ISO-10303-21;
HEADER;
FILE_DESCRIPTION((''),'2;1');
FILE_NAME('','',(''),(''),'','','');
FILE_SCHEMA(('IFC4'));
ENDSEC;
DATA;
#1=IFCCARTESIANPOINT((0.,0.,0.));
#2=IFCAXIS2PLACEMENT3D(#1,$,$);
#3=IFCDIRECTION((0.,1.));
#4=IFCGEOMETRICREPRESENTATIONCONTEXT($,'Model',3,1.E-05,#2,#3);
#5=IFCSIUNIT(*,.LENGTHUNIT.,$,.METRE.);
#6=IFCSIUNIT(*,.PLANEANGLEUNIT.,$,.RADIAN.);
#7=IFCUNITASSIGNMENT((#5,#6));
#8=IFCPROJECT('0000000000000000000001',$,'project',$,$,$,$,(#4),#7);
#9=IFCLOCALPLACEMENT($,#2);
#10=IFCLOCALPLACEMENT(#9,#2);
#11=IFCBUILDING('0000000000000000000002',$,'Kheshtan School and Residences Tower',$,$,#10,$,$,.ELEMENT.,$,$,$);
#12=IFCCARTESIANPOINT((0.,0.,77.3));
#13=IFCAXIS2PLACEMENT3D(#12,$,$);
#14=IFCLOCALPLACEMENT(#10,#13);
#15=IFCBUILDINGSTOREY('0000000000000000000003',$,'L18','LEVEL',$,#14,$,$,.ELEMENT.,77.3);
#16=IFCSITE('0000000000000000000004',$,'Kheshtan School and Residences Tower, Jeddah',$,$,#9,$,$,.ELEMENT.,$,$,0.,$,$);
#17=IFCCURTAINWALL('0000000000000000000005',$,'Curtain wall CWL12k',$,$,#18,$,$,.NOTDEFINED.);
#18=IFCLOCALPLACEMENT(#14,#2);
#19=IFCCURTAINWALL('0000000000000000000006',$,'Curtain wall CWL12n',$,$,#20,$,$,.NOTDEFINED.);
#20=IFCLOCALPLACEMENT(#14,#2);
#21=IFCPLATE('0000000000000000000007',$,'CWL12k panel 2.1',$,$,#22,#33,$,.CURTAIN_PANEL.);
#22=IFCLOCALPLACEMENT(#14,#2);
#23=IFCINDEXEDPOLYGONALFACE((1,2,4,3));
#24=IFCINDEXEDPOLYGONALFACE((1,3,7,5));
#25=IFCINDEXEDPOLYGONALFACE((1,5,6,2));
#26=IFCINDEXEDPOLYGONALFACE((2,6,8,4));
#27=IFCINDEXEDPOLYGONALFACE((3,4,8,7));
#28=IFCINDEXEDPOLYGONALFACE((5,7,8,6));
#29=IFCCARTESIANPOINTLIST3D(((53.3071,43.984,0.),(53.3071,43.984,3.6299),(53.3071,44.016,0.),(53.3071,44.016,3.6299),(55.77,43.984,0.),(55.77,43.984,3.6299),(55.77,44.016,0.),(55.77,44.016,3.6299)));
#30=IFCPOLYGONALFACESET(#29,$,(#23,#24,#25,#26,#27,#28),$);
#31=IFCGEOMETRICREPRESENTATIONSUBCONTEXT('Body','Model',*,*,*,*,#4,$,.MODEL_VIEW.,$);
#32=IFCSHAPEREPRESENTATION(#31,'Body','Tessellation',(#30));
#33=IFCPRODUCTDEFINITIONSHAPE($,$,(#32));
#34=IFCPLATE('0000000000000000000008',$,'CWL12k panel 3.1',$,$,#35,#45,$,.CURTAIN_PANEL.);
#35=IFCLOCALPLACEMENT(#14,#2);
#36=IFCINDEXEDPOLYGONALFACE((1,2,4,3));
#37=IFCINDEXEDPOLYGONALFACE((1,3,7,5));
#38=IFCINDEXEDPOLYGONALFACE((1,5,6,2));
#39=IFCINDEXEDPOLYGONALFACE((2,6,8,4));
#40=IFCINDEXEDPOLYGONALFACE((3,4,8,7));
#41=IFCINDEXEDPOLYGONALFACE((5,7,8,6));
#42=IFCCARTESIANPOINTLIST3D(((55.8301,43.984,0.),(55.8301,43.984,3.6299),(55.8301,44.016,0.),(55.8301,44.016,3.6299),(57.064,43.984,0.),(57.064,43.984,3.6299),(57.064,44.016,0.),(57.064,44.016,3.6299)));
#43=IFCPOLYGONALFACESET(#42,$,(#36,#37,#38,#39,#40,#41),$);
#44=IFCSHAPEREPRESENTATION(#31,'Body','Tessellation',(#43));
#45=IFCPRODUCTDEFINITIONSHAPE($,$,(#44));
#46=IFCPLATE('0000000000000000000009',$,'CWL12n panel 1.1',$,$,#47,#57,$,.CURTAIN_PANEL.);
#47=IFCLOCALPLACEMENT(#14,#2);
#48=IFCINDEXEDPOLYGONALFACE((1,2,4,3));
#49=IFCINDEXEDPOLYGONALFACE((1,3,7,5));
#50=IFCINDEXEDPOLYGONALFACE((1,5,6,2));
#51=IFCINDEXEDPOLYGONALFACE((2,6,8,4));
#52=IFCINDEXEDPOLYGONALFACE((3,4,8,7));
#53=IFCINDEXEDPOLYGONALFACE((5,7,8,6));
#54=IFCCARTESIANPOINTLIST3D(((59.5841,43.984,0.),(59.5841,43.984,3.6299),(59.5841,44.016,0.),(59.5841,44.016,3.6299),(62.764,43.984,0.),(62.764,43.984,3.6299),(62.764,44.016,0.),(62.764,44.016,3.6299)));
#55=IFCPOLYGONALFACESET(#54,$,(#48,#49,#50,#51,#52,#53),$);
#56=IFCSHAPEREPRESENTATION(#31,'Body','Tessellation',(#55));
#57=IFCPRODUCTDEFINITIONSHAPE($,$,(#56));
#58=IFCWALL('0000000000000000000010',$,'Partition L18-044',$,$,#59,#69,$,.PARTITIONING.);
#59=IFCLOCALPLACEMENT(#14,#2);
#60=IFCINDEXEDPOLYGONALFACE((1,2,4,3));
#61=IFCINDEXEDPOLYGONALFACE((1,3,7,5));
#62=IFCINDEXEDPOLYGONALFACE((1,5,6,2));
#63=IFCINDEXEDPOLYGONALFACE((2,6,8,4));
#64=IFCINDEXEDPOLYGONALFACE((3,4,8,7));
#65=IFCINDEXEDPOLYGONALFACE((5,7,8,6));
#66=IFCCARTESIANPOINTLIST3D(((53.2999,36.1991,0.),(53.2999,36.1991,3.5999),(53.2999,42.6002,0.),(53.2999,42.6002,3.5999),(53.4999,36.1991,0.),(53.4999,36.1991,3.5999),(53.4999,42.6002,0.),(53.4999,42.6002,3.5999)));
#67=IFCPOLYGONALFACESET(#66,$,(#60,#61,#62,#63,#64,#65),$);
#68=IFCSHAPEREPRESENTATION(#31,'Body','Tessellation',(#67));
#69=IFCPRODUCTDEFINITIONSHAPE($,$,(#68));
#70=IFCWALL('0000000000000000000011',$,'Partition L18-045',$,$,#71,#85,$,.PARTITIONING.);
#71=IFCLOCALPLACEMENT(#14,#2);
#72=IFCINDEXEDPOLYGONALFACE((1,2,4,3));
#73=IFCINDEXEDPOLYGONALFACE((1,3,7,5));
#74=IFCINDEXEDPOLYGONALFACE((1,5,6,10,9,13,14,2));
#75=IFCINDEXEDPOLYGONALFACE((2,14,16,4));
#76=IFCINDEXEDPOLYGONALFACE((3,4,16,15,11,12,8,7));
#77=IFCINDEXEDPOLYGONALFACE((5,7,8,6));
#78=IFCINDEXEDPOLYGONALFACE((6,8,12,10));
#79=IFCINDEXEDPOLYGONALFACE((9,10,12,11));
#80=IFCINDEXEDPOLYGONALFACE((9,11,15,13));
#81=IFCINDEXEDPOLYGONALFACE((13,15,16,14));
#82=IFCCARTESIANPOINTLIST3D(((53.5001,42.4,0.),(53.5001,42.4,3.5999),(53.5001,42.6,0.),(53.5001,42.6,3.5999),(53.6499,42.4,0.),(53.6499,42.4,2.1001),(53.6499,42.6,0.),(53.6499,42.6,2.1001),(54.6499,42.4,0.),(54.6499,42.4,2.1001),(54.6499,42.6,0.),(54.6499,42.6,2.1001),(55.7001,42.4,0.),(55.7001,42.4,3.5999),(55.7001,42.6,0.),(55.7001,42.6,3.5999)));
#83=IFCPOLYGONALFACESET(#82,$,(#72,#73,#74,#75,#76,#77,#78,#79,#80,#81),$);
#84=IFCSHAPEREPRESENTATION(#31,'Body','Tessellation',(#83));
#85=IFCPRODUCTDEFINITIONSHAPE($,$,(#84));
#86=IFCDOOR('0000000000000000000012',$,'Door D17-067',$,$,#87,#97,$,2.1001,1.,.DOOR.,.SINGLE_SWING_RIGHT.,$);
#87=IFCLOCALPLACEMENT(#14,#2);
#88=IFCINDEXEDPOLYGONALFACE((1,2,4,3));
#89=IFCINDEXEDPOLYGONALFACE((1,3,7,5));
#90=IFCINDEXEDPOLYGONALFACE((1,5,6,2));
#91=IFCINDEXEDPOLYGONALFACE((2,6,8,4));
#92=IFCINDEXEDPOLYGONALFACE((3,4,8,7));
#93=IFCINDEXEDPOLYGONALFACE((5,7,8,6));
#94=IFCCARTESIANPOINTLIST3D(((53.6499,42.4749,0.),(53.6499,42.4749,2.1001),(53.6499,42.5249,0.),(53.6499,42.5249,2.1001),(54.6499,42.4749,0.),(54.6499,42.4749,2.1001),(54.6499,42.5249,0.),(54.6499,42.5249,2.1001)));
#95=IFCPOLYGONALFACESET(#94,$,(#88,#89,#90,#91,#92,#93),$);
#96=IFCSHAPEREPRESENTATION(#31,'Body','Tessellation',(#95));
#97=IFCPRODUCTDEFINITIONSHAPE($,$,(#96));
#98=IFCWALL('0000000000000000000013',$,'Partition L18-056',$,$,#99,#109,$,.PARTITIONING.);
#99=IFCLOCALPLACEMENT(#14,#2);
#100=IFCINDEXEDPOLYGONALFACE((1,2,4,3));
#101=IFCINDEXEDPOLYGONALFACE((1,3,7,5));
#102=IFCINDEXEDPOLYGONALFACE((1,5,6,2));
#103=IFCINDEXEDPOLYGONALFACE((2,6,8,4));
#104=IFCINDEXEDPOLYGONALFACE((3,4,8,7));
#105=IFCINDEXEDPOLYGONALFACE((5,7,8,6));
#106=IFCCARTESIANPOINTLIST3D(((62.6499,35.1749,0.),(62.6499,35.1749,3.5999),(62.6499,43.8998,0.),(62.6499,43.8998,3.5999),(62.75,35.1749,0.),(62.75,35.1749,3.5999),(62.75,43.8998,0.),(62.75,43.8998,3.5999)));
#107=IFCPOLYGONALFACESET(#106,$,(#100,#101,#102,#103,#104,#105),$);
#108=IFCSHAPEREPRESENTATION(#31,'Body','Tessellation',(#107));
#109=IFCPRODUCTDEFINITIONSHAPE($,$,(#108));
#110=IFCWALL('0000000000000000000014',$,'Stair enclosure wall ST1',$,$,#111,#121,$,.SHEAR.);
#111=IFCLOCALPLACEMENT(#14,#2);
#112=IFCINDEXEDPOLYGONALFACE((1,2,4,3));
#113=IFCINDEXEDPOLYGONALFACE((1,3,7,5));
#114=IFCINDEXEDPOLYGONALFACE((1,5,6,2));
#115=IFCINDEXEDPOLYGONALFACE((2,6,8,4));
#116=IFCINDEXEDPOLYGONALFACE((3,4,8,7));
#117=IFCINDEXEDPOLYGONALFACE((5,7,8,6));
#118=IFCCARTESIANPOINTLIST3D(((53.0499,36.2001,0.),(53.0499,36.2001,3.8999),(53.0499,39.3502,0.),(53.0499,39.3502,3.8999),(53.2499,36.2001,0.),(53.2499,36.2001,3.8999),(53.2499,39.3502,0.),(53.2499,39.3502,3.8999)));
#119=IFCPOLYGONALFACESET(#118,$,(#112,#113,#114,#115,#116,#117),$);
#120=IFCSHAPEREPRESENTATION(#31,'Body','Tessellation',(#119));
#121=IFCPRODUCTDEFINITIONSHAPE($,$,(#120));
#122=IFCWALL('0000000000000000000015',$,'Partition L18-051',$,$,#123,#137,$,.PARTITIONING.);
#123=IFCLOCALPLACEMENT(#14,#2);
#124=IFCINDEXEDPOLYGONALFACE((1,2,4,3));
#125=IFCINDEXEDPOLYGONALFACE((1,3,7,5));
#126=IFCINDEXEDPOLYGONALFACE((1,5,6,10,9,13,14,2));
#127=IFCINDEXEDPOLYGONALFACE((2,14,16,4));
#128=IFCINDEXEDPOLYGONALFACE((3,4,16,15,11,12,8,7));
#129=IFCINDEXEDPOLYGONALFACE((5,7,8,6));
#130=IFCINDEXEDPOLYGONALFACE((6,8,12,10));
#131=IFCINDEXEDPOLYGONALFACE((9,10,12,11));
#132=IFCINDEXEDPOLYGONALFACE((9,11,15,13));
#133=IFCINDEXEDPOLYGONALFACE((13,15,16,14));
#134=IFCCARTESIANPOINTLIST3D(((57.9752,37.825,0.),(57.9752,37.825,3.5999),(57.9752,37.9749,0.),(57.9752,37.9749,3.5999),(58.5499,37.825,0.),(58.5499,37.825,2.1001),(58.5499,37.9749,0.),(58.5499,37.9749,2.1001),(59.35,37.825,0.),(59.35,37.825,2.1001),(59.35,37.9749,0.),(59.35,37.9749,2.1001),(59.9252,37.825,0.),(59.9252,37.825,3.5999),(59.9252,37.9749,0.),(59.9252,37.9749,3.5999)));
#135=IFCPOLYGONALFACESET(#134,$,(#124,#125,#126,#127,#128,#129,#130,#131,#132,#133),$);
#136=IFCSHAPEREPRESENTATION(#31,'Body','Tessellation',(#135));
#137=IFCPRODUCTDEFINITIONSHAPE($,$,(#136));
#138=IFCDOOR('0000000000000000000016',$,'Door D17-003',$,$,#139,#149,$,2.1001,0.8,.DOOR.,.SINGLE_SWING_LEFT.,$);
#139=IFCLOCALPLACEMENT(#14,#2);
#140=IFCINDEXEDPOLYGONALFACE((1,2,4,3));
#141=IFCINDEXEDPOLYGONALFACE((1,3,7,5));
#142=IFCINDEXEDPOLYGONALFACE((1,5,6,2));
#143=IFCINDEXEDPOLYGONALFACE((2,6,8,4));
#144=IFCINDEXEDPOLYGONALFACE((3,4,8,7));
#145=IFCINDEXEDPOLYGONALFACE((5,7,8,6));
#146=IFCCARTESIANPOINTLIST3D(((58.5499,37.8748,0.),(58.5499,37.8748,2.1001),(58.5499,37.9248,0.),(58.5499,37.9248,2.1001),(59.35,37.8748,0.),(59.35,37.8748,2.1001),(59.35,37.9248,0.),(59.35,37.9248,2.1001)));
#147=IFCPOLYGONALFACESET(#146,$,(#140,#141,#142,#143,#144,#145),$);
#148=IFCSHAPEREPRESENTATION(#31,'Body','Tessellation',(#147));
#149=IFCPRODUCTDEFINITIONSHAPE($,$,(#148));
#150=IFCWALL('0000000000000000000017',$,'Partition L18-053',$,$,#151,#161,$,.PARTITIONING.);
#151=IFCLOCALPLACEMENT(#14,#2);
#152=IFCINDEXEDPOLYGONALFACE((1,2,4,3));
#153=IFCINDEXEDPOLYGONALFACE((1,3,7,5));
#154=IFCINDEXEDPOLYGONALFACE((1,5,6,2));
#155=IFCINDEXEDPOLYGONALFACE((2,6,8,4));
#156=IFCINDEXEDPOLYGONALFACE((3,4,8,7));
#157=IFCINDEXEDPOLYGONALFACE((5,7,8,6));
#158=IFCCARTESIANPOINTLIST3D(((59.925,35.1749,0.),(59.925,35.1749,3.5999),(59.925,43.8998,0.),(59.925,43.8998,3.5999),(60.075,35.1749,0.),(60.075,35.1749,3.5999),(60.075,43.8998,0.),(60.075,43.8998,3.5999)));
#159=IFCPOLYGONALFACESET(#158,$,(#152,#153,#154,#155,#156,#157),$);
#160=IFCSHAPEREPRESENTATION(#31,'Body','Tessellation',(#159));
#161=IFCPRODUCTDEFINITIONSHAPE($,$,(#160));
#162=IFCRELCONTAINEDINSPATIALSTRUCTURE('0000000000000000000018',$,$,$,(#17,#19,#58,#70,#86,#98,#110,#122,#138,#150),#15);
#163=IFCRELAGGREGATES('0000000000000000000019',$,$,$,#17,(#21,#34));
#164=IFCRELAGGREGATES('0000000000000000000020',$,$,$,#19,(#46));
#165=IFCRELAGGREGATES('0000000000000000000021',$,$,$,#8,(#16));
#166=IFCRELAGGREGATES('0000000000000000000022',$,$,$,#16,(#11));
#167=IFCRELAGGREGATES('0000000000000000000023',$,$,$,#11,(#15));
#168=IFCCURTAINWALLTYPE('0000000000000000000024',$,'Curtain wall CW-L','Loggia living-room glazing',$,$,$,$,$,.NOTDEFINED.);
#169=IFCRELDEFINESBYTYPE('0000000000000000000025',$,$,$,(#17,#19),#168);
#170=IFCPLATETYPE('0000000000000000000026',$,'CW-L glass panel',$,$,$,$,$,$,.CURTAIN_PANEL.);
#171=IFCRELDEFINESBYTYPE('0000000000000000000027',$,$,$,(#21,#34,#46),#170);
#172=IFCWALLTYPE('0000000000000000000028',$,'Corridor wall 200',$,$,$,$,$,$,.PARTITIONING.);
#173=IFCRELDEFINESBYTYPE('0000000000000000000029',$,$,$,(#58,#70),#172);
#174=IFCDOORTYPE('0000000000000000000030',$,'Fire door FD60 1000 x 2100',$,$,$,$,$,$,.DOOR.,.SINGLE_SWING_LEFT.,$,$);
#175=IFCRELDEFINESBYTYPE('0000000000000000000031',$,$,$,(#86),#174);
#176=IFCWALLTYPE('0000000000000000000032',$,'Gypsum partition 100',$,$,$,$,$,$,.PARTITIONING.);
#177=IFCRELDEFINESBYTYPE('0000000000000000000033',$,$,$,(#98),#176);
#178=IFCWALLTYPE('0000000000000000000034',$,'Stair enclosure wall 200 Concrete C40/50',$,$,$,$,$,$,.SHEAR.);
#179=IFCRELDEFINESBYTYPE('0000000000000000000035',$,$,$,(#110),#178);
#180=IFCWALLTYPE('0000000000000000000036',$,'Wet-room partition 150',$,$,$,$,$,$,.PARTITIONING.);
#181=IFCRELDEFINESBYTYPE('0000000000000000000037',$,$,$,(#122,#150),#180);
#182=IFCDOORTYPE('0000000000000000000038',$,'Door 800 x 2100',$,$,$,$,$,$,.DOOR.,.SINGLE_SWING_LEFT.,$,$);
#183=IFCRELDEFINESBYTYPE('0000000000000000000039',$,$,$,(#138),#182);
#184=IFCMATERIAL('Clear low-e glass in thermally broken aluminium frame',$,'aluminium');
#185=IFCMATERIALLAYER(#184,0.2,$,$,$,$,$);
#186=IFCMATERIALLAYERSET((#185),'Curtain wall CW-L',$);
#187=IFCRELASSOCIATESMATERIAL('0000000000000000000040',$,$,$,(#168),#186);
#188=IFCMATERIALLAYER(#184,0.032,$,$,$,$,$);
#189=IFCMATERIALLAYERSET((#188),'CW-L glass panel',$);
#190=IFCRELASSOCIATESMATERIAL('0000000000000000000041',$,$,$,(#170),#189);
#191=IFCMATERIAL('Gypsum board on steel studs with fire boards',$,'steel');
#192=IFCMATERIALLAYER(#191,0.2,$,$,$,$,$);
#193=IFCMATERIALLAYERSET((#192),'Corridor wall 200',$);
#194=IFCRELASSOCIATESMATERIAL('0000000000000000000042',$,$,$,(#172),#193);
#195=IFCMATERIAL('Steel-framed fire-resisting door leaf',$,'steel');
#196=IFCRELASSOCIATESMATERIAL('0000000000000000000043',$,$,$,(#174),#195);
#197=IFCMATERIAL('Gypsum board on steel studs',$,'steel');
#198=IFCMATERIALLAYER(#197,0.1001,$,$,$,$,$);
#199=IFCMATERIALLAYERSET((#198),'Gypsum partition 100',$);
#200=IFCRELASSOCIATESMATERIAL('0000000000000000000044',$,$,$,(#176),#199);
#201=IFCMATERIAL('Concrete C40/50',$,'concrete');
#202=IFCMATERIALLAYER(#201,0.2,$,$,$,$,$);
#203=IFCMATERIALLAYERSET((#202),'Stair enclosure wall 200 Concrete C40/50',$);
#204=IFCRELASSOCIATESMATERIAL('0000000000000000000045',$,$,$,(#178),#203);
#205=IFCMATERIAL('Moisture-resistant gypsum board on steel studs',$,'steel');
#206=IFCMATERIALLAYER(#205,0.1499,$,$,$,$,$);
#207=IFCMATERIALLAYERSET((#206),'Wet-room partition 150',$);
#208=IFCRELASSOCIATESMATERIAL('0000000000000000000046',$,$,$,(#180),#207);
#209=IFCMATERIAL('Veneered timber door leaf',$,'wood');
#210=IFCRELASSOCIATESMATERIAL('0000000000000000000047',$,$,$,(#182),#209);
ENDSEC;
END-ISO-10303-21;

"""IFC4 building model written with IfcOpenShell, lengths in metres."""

from ifc_helpers import new_model, si_unit, direction, frame, frame_2d, origin, origin_2d, place, context, subcontext, project, spatial, rectangle, extrude, source, transform, mapped, material, layer, layer_set, type_object, element, fill, aggregate, save


model = new_model("IFC4")

# Units and contexts
model_context = context("Model", 3, precision=1e-05, world=origin(), true_north=direction((0.0, 1.0)))
body_context = subcontext(model_context, "Body", "Model", "MODEL_VIEW")
ifc_project = project(units=[si_unit("LENGTHUNIT", "METRE"), si_unit("PLANEANGLEUNIT", "RADIAN")], contexts=[model_context])

# Site, building, storey
site_placement = place(None, origin())
site = spatial("IfcSite", under=ifc_project, at=site_placement, Name="Kheshtan School and Residences Tower, Jeddah", CompositionType="ELEMENT", RefElevation=0.0)
building_placement = place(site_placement, origin())
building = spatial("IfcBuilding", under=site, at=building_placement, Name="Kheshtan School and Residences Tower", CompositionType="ELEMENT")
storey_placement = place(building_placement, frame((0.0, 0.0, 77.3)))
storey = spatial("IfcBuildingStorey", under=building, at=storey_placement, Name="L18", Description="LEVEL", CompositionType="ELEMENT", Elevation=77.3)

# Curtain walls
ifc_material_1 = material(Name="Clear low-e glass in thermally broken aluminium frame", Category="aluminium")
ifc_layer_1 = layer(ifc_material_1, 0.2)
ifc_layer_set_1 = layer_set([ifc_layer_1], Name="Curtain wall CW-L")
curtain_wall_type = type_object("IfcCurtainWallType", Name="Curtain wall CW-L", Description="Loggia living-room glazing", PredefinedType="NOTDEFINED", material=ifc_layer_set_1)
curtain_wall_1_placement = place(storey_placement, origin())
curtain_wall_1 = element("IfcCurtainWall", 1, at=curtain_wall_1_placement, inside=storey, type_object=curtain_wall_type, Name="Curtain wall CWL12k", PredefinedType="NOTDEFINED")
curtain_wall_2_placement = place(storey_placement, origin())
curtain_wall_2 = element("IfcCurtainWall", 2, at=curtain_wall_2_placement, inside=storey, type_object=curtain_wall_type, Name="Curtain wall CWL12n", PredefinedType="NOTDEFINED")

# Plates
ifc_layer_2 = layer(ifc_material_1, 0.032)
ifc_layer_set_2 = layer_set([ifc_layer_2], Name="CW-L glass panel")
plate_type = type_object("IfcPlateType", Name="CW-L glass panel", PredefinedType="CURTAIN_PANEL", material=ifc_layer_set_2)
plate_1_placement = place(storey_placement, frame((54.5386, 44.0, 0.0), z_axis=(0.0, 0.0, 1.0), x_axis=(1.0, 0.0, 0.0)))
plate_1 = element("IfcPlate", 3, at=plate_1_placement, type_object=plate_type, Name="CWL12k panel 2.1", PredefinedType="CURTAIN_PANEL", context=body_context, shape_type="SweptSolid", body=[
    extrude(rectangle(XDim=2.4629, YDim=0.032, at=origin_2d()), origin(), (0.0, 0.0, 1.0), 3.6299),
])
plate_2_placement = place(storey_placement, frame((56.447, 44.0, 0.0), z_axis=(0.0, 0.0, 1.0), x_axis=(1.0, 0.0, 0.0)))
plate_2 = element("IfcPlate", 4, at=plate_2_placement, type_object=plate_type, Name="CWL12k panel 3.1", PredefinedType="CURTAIN_PANEL", context=body_context, shape_type="SweptSolid", body=[
    extrude(rectangle(XDim=1.2339, YDim=0.032, at=origin_2d()), origin(), (0.0, 0.0, 1.0), 3.6299),
])
aggregate(curtain_wall_1, [plate_1, plate_2])
plate_3_placement = place(storey_placement, frame((61.1741, 44.0, 0.0), z_axis=(0.0, 0.0, 1.0), x_axis=(1.0, 0.0, 0.0)))
plate_3 = element("IfcPlate", 5, at=plate_3_placement, type_object=plate_type, Name="CWL12n panel 1.1", PredefinedType="CURTAIN_PANEL", context=body_context, shape_type="SweptSolid", body=[
    extrude(rectangle(XDim=3.1799, YDim=0.032, at=origin_2d()), origin(), (0.0, 0.0, 1.0), 3.6299),
])
aggregate(curtain_wall_2, [plate_3])

# Wall
ifc_material_2 = material(Name="Gypsum board on steel studs with fire boards", Category="steel")
ifc_layer_3 = layer(ifc_material_2, 0.2)
ifc_layer_set_3 = layer_set([ifc_layer_3], Name="Corridor wall 200")
wall_type_1 = type_object("IfcWallType", Name="Corridor wall 200", PredefinedType="PARTITIONING", material=ifc_layer_set_3)
wall_1_placement = place(storey_placement, frame((53.3999, 36.199, 0.0), z_axis=(0.0, 0.0, 1.0), x_axis=(0.0, 1.0, 0.0)))
element("IfcWall", 6, at=wall_1_placement, inside=storey, type_object=wall_type_1, Name="Partition L18-044", PredefinedType="PARTITIONING", context=body_context, shape_type="SweptSolid", body=[
    extrude(rectangle(XDim=6.4011, YDim=0.2, at=frame_2d((3.2007, 0.0))), origin(), (0.0, 0.0, 1.0), 3.5999),
])

# Wall, opening, door
wall_2_placement = place(storey_placement, frame((53.5, 42.5, 0.0), z_axis=(0.0, 0.0, 1.0), x_axis=(1.0, 0.0, 0.0)))
wall_2 = element("IfcWall", 7, at=wall_2_placement, inside=storey, type_object=wall_type_1, Name="Partition L18-045", PredefinedType="PARTITIONING", context=body_context, shape_type="SweptSolid", body=[
    extrude(rectangle(XDim=2.2, YDim=0.2, at=frame_2d((1.1001, 0.0))), origin(), (0.0, 0.0, 1.0), 3.5999),
])
opening_1_placement = place(wall_2_placement, frame((0.1499, 0.0, 0.0)))
opening_1 = element("IfcOpeningElement", 8, at=opening_1_placement, cuts=wall_2, PredefinedType="OPENING", context=body_context, shape_type="SweptSolid", body=[
    extrude(rectangle(XDim=1.0, YDim=2.1001, at=frame_2d((0.5, 1.05))), frame((0.0, 0.1099, 0.0), z_axis=(0.0, -1.0, 0.0), x_axis=(1.0, 0.0, 0.0)), (0.0, 0.0, 1.0), 0.22),
])
ifc_material_3 = material(Name="Steel-framed fire-resisting door leaf", Category="steel")
door_type_1 = type_object("IfcDoorType", Name="Fire door FD60 1000 x 2100", OperationType="SINGLE_SWING_LEFT", PredefinedType="DOOR", material=ifc_material_3)
shared_shape_1 = source(origin(), body_context, "Body", "SweptSolid", [
    extrude(rectangle(XDim=1.0, YDim=2.1001, at=frame_2d((0.5, 1.05))), frame((0.0, 0.0249, 0.0), z_axis=(0.0, -1.0, 0.0), x_axis=(1.0, 0.0, 0.0)), (0.0, 0.0, 1.0), 0.05),
])
door_1_placement = place(opening_1_placement, origin())
door_1 = element("IfcDoor", 9, at=door_1_placement, inside=storey, type_object=door_type_1, Name="Door D17-067", OperationType="SINGLE_SWING_RIGHT", OverallHeight=2.1001, OverallWidth=1.0, PredefinedType="DOOR", context=body_context, shape_type="MappedRepresentation", body=[
    mapped(shared_shape_1, transform((0.0, 0.0, 0.0), x_axis=(1.0, 0.0, 0.0), y_axis=(0.0, 1.0, 0.0), z_axis=(0.0, 0.0, 1.0), scale=1.0)),
])
fill(opening_1, door_1)

# Walls
ifc_material_4 = material(Name="Gypsum board on steel studs", Category="steel")
ifc_layer_4 = layer(ifc_material_4, 0.1001)
ifc_layer_set_4 = layer_set([ifc_layer_4], Name="Gypsum partition 100")
wall_type_2 = type_object("IfcWallType", Name="Gypsum partition 100", PredefinedType="PARTITIONING", material=ifc_layer_set_4)
wall_3_placement = place(storey_placement, frame((62.7, 35.175, 0.0), z_axis=(0.0, 0.0, 1.0), x_axis=(0.0, 1.0, 0.0)))
element("IfcWall", 10, at=wall_3_placement, inside=storey, type_object=wall_type_2, Name="Partition L18-056", PredefinedType="PARTITIONING", context=body_context, shape_type="SweptSolid", body=[
    extrude(rectangle(XDim=8.7249, YDim=0.1001, at=frame_2d((4.3623, 0.0))), origin(), (0.0, 0.0, 1.0), 3.5999),
])
ifc_material_5 = material(Name="Concrete C40/50", Category="concrete")
ifc_layer_5 = layer(ifc_material_5, 0.2)
ifc_layer_set_5 = layer_set([ifc_layer_5], Name="Stair enclosure wall 200 Concrete C40/50")
wall_type_3 = type_object("IfcWallType", Name="Stair enclosure wall 200 Concrete C40/50", PredefinedType="SHEAR", material=ifc_layer_set_5)
wall_4_placement = place(storey_placement, frame((53.1499, 36.2, 0.0), z_axis=(0.0, 0.0, 1.0), x_axis=(0.0, 1.0, 0.0)))
element("IfcWall", 11, at=wall_4_placement, inside=storey, type_object=wall_type_3, Name="Stair enclosure wall ST1", PredefinedType="SHEAR", context=body_context, shape_type="SweptSolid", body=[
    extrude(rectangle(XDim=3.1501, YDim=0.2, at=frame_2d((1.5752, 0.0))), origin(), (0.0, 0.0, 1.0), 3.8999),
])

# Wall, opening, door
ifc_material_6 = material(Name="Moisture-resistant gypsum board on steel studs", Category="steel")
ifc_layer_6 = layer(ifc_material_6, 0.1499)
ifc_layer_set_6 = layer_set([ifc_layer_6], Name="Wet-room partition 150")
wall_type_4 = type_object("IfcWallType", Name="Wet-room partition 150", PredefinedType="PARTITIONING", material=ifc_layer_set_6)
wall_5_placement = place(storey_placement, frame((57.9751, 37.8999, 0.0), z_axis=(0.0, 0.0, 1.0), x_axis=(1.0, 0.0, 0.0)))
wall_5 = element("IfcWall", 12, at=wall_5_placement, inside=storey, type_object=wall_type_4, Name="Partition L18-051", PredefinedType="PARTITIONING", context=body_context, shape_type="SweptSolid", body=[
    extrude(rectangle(XDim=1.95, YDim=0.1499, at=frame_2d((0.9751, 0.0))), origin(), (0.0, 0.0, 1.0), 3.5999),
])
opening_2_placement = place(wall_5_placement, frame((0.575, 0.0, 0.0)))
opening_2 = element("IfcOpeningElement", 13, at=opening_2_placement, cuts=wall_5, PredefinedType="OPENING", context=body_context, shape_type="SweptSolid", body=[
    extrude(rectangle(XDim=0.8, YDim=2.1001, at=frame_2d((0.3999, 1.05))), frame((0.0, 0.085, 0.0), z_axis=(0.0, -1.0, 0.0), x_axis=(1.0, 0.0, 0.0)), (0.0, 0.0, 1.0), 0.1699),
])
ifc_material_7 = material(Name="Veneered timber door leaf", Category="wood")
door_type_2 = type_object("IfcDoorType", Name="Door 800 x 2100", OperationType="SINGLE_SWING_LEFT", PredefinedType="DOOR", material=ifc_material_7)
shared_shape_2 = source(origin(), body_context, "Body", "SweptSolid", [
    extrude(rectangle(XDim=0.8, YDim=2.1001, at=frame_2d((0.3999, 1.05))), frame((0.0, 0.0249, 0.0), z_axis=(0.0, -1.0, 0.0), x_axis=(1.0, 0.0, 0.0)), (0.0, 0.0, 1.0), 0.05),
])
door_2_placement = place(opening_2_placement, origin())
door_2 = element("IfcDoor", 14, at=door_2_placement, inside=storey, type_object=door_type_2, Name="Door D17-003", OperationType="SINGLE_SWING_LEFT", OverallHeight=2.1001, OverallWidth=0.8, PredefinedType="DOOR", context=body_context, shape_type="MappedRepresentation", body=[
    mapped(shared_shape_2, transform((0.0, 0.0, 0.0), x_axis=(1.0, 0.0, 0.0), y_axis=(0.0, 1.0, 0.0), z_axis=(0.0, 0.0, 1.0), scale=1.0)),
])
fill(opening_2, door_2)

# Wall
wall_6_placement = place(storey_placement, frame((60.0, 35.175, 0.0), z_axis=(0.0, 0.0, 1.0), x_axis=(0.0, 1.0, 0.0)))
element("IfcWall", 15, at=wall_6_placement, inside=storey, type_object=wall_type_4, Name="Partition L18-053", PredefinedType="PARTITIONING", context=body_context, shape_type="SweptSolid", body=[
    extrude(rectangle(XDim=8.7249, YDim=0.1499, at=frame_2d((4.3623, 0.0))), origin(), (0.0, 0.0, 1.0), 3.5999),
])

save(model, "model.ifc")
